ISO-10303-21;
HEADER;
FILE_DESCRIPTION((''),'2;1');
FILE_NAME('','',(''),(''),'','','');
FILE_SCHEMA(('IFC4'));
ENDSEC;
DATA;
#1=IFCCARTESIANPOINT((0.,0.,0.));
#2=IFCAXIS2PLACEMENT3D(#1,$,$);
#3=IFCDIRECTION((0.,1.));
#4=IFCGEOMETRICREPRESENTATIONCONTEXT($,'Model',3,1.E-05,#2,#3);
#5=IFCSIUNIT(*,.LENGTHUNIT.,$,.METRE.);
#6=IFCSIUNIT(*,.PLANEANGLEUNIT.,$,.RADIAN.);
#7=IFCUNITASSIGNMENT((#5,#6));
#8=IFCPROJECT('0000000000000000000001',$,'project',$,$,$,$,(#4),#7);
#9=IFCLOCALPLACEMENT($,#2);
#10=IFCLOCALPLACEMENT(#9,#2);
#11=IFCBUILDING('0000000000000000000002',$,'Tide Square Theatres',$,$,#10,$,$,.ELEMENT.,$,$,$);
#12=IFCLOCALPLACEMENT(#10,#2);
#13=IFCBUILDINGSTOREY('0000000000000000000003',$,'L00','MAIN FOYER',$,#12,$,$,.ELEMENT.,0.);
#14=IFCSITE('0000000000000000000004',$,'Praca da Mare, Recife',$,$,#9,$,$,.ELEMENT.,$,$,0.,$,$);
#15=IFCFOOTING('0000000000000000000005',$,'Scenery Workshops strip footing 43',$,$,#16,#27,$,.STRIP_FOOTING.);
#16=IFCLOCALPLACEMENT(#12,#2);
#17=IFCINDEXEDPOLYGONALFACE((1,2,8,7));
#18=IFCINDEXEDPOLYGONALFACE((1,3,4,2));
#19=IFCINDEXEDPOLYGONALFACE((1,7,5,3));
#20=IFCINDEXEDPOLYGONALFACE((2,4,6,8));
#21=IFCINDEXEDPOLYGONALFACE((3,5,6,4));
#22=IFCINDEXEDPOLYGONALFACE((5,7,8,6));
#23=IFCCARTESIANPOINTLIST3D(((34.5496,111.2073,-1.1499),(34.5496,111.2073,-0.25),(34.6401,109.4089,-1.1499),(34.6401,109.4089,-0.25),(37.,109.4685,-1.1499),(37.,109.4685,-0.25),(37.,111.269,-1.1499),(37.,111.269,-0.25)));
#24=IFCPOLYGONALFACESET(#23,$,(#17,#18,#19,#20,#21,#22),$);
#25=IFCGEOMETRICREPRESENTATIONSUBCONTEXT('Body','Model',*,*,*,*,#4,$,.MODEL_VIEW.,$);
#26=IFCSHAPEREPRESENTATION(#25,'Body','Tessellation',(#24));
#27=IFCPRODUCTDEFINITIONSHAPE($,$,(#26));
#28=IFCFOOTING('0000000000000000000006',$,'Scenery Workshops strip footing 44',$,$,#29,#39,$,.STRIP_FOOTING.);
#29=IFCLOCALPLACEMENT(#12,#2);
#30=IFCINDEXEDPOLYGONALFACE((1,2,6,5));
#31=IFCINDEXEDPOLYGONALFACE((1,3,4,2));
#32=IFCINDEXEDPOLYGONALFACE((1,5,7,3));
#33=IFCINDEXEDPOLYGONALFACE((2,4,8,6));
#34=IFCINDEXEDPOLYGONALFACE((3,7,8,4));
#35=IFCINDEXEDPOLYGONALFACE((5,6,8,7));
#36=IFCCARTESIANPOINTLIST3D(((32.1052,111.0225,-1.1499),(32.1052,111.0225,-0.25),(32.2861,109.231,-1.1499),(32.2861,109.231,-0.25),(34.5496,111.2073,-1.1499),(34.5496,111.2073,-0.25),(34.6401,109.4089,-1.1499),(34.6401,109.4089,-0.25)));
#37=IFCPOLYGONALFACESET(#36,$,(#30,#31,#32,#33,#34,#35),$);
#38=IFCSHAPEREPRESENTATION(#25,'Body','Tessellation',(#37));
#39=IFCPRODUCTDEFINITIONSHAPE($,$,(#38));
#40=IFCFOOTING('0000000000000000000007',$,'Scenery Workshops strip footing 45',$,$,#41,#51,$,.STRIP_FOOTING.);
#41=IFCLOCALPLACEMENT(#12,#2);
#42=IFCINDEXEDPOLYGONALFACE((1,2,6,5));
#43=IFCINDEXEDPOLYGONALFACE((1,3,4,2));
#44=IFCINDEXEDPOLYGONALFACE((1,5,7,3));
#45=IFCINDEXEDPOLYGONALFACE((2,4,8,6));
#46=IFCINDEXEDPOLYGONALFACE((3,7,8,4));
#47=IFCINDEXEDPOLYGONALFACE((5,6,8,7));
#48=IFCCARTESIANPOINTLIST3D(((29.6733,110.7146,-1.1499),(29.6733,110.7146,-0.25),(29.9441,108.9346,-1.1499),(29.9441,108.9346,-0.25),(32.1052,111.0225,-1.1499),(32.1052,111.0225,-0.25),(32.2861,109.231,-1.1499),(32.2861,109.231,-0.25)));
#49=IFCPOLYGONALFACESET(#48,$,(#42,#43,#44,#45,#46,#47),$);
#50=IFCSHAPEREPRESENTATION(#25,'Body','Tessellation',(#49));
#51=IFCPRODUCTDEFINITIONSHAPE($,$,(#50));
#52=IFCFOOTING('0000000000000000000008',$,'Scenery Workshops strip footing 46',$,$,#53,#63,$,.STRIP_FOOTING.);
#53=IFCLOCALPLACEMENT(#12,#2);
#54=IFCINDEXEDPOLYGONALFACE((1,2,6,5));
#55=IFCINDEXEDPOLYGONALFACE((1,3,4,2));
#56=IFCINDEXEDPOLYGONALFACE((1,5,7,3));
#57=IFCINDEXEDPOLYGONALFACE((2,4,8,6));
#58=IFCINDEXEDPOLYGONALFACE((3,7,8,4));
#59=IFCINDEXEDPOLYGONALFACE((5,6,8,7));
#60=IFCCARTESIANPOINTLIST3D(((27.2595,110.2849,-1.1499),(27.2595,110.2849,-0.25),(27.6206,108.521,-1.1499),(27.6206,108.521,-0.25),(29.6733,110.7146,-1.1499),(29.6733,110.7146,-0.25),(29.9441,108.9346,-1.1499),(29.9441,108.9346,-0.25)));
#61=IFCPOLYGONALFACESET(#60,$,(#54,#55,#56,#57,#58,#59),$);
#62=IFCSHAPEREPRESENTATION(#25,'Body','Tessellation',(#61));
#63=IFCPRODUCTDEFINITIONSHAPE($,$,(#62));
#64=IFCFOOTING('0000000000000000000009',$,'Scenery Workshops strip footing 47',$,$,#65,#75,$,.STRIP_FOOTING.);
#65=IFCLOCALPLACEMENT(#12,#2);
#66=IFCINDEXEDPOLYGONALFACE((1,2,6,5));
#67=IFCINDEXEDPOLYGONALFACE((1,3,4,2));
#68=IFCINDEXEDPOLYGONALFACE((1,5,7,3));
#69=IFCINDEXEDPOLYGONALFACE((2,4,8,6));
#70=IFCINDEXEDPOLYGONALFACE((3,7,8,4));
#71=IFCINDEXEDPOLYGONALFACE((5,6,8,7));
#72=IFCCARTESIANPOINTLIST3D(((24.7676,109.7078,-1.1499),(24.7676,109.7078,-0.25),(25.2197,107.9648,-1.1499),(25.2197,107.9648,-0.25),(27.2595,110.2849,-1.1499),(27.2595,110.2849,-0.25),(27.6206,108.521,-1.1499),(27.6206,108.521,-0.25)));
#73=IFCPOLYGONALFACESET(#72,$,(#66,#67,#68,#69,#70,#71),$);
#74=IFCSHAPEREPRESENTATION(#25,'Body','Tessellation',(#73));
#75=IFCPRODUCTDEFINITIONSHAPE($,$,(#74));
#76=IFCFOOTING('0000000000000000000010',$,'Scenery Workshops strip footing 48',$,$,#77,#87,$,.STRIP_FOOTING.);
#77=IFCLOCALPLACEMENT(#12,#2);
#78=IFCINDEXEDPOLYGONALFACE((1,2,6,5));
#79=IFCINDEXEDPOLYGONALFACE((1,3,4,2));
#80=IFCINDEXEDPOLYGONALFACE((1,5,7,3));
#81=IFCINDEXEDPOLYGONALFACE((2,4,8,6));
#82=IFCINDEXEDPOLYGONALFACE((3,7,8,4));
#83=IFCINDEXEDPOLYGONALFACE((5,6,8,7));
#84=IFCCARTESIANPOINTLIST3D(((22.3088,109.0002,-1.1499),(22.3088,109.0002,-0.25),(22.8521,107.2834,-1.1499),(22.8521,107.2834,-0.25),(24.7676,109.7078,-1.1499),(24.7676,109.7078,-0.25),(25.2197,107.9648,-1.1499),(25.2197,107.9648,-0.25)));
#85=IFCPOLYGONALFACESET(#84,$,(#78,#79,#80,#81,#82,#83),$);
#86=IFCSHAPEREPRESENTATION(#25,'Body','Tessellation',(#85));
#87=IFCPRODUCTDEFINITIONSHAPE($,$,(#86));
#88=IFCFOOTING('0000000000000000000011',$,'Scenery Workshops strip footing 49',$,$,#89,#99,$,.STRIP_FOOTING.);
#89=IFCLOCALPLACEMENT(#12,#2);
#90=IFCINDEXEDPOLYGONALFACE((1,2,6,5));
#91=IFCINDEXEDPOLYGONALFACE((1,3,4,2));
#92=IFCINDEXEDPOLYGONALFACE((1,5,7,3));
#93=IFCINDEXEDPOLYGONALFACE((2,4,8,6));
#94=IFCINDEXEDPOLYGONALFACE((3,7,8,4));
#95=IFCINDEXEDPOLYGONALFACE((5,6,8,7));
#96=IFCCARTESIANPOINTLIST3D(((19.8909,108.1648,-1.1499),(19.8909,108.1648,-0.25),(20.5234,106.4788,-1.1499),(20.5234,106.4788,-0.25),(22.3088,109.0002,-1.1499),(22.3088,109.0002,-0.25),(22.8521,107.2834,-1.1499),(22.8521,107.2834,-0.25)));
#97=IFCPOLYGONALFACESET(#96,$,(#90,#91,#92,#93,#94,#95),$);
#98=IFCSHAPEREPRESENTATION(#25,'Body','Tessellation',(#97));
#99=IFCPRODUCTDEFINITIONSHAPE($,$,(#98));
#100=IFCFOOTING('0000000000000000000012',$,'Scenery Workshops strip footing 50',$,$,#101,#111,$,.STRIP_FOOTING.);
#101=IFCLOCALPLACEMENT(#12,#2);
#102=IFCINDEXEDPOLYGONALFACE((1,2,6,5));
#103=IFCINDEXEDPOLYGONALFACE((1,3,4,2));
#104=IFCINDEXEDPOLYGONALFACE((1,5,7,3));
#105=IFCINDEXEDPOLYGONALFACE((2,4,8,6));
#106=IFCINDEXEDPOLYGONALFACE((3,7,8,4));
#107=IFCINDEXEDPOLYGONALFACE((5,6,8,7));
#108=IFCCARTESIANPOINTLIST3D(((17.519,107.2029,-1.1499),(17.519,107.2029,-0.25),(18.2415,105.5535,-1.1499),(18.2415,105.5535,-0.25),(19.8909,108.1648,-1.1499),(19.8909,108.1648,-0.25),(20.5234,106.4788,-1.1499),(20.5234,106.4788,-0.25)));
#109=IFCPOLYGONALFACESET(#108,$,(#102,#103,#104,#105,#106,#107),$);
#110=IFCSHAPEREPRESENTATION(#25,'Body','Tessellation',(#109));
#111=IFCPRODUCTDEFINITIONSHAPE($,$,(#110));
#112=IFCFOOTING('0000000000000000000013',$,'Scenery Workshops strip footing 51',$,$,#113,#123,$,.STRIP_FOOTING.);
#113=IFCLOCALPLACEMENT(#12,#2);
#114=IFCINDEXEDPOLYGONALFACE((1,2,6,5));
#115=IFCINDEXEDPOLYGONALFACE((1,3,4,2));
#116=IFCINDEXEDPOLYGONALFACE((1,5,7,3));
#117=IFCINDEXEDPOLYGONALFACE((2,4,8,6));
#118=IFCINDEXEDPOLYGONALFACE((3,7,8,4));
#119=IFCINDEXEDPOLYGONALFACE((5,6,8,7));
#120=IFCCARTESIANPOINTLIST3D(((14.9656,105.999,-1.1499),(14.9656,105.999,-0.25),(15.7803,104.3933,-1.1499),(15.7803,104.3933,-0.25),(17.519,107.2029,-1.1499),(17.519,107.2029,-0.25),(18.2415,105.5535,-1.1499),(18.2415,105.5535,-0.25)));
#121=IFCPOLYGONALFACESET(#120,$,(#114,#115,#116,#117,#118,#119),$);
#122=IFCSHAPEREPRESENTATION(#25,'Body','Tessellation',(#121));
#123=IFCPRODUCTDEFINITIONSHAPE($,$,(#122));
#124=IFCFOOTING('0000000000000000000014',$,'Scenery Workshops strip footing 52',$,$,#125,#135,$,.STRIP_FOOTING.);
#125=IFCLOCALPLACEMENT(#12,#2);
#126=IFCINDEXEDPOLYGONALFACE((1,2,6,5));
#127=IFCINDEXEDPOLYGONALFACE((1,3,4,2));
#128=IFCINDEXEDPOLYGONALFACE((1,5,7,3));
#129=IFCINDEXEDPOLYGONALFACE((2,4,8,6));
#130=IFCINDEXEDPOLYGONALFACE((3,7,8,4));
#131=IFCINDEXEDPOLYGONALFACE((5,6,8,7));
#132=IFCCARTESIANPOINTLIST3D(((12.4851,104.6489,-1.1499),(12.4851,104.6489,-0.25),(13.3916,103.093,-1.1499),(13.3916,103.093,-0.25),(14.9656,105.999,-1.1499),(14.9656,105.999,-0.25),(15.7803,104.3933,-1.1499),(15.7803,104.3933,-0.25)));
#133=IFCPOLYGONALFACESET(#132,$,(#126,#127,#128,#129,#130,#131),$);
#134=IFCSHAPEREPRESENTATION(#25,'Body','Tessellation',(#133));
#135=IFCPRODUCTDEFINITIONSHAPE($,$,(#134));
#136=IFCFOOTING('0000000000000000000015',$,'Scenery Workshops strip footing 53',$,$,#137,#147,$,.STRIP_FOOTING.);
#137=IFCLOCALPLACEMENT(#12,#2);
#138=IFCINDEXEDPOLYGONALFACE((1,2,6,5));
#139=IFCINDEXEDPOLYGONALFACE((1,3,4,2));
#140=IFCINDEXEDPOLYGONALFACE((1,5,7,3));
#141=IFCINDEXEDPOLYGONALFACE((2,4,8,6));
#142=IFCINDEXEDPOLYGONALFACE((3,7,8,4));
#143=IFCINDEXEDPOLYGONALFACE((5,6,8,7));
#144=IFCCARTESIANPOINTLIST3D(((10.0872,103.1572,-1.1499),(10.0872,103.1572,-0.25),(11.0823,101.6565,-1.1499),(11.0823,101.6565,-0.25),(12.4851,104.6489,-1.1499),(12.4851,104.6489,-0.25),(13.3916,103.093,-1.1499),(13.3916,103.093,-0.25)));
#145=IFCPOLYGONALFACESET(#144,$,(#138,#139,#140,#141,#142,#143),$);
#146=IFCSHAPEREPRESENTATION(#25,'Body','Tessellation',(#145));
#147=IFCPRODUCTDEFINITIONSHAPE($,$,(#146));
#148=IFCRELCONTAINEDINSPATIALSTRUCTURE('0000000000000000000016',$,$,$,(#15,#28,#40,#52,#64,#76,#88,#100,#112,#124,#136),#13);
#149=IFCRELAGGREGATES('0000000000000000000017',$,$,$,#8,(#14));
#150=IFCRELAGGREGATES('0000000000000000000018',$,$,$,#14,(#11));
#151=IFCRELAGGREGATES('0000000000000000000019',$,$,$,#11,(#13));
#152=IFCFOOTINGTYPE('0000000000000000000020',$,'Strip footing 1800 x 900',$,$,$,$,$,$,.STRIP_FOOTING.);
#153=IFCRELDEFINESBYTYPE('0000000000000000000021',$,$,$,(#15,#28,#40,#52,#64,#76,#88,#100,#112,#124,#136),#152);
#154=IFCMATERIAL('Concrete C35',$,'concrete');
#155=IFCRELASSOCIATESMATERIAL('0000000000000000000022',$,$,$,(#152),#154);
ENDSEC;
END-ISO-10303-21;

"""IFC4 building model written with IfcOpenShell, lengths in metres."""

from ifc_helpers import new_model, si_unit, direction, frame, origin, place, context, subcontext, project, spatial, polyline, outline, extrude, material, type_object, element, save


model = new_model("IFC4")

# Units and contexts
model_context = context("Model", 3, precision=1e-05, world=origin(), true_north=direction((0.0, 1.0)))
body_context = subcontext(model_context, "Body", "Model", "MODEL_VIEW")
ifc_project = project(units=[si_unit("LENGTHUNIT", "METRE"), si_unit("PLANEANGLEUNIT", "RADIAN")], contexts=[model_context])

# Site, building, storey
site_placement = place(None, origin())
site = spatial("IfcSite", under=ifc_project, at=site_placement, Name="Praca da Mare, Recife", CompositionType="ELEMENT", RefElevation=0.0)
building_placement = place(site_placement, origin())
building = spatial("IfcBuilding", under=site, at=building_placement, Name="Tide Square Theatres", CompositionType="ELEMENT")
storey_placement = place(building_placement, origin())
storey = spatial("IfcBuildingStorey", under=building, at=storey_placement, Name="L00", Description="MAIN FOYER", CompositionType="ELEMENT", Elevation=0.0)

# Footings
ifc_material = material(Name="Concrete C35", Category="concrete")
footing_type = type_object("IfcFootingType", Name="Strip footing 1800 x 900", PredefinedType="STRIP_FOOTING", material=ifc_material)
footing_1_placement = place(storey_placement, frame((0.0, 0.0, -1.1499)))
element("IfcFooting", 1, at=footing_1_placement, inside=storey, type_object=footing_type, Name="Scenery Workshops strip footing 43", PredefinedType="STRIP_FOOTING", context=body_context, shape_type="SweptSolid", body=[
    extrude(outline(polyline([(37.0, 111.269), (34.5496, 111.2073), (34.6401, 109.4089), (37.0, 109.4685), (37.0, 111.269)])), origin(), (0.0, 0.0, 1.0), 0.8999),
])
footing_2_placement = place(storey_placement, frame((0.0, 0.0, -1.1499)))
element("IfcFooting", 2, at=footing_2_placement, inside=storey, type_object=footing_type, Name="Scenery Workshops strip footing 44", PredefinedType="STRIP_FOOTING", context=body_context, shape_type="SweptSolid", body=[
    extrude(outline(polyline([(34.5496, 111.2073), (32.1052, 111.0225), (32.2861, 109.231), (34.6401, 109.4089), (34.5496, 111.2073)])), origin(), (0.0, 0.0, 1.0), 0.8999),
])
footing_3_placement = place(storey_placement, frame((0.0, 0.0, -1.1499)))
element("IfcFooting", 3, at=footing_3_placement, inside=storey, type_object=footing_type, Name="Scenery Workshops strip footing 45", PredefinedType="STRIP_FOOTING", context=body_context, shape_type="SweptSolid", body=[
    extrude(outline(polyline([(32.1052, 111.0225), (29.6733, 110.7146), (29.9441, 108.9346), (32.2861, 109.231), (32.1052, 111.0225)])), origin(), (0.0, 0.0, 1.0), 0.8999),
])
footing_4_placement = place(storey_placement, frame((0.0, 0.0, -1.1499)))
element("IfcFooting", 4, at=footing_4_placement, inside=storey, type_object=footing_type, Name="Scenery Workshops strip footing 46", PredefinedType="STRIP_FOOTING", context=body_context, shape_type="SweptSolid", body=[
    extrude(outline(polyline([(29.6733, 110.7146), (27.2595, 110.2849), (27.6206, 108.521), (29.9441, 108.9346), (29.6733, 110.7146)])), origin(), (0.0, 0.0, 1.0), 0.8999),
])
footing_5_placement = place(storey_placement, frame((0.0, 0.0, -1.1499)))
element("IfcFooting", 5, at=footing_5_placement, inside=storey, type_object=footing_type, Name="Scenery Workshops strip footing 47", PredefinedType="STRIP_FOOTING", context=body_context, shape_type="SweptSolid", body=[
    extrude(outline(polyline([(27.2595, 110.2849), (24.7676, 109.7078), (25.2197, 107.9648), (27.6206, 108.521), (27.2595, 110.2849)])), origin(), (0.0, 0.0, 1.0), 0.8999),
])
footing_6_placement = place(storey_placement, frame((0.0, 0.0, -1.1499)))
element("IfcFooting", 6, at=footing_6_placement, inside=storey, type_object=footing_type, Name="Scenery Workshops strip footing 48", PredefinedType="STRIP_FOOTING", context=body_context, shape_type="SweptSolid", body=[
    extrude(outline(polyline([(24.7676, 109.7078), (22.3088, 109.0002), (22.8521, 107.2834), (25.2197, 107.9648), (24.7676, 109.7078)])), origin(), (0.0, 0.0, 1.0), 0.8999),
])
footing_7_placement = place(storey_placement, frame((0.0, 0.0, -1.1499)))
element("IfcFooting", 7, at=footing_7_placement, inside=storey, type_object=footing_type, Name="Scenery Workshops strip footing 49", PredefinedType="STRIP_FOOTING", context=body_context, shape_type="SweptSolid", body=[
    extrude(outline(polyline([(22.3088, 109.0002), (19.8909, 108.1648), (20.5234, 106.4788), (22.8521, 107.2834), (22.3088, 109.0002)])), origin(), (0.0, 0.0, 1.0), 0.8999),
])
footing_8_placement = place(storey_placement, frame((0.0, 0.0, -1.1499)))
element("IfcFooting", 8, at=footing_8_placement, inside=storey, type_object=footing_type, Name="Scenery Workshops strip footing 50", PredefinedType="STRIP_FOOTING", context=body_context, shape_type="SweptSolid", body=[
    extrude(outline(polyline([(19.8909, 108.1648), (17.519, 107.2029), (18.2415, 105.5535), (20.5234, 106.4788), (19.8909, 108.1648)])), origin(), (0.0, 0.0, 1.0), 0.8999),
])
footing_9_placement = place(storey_placement, frame((0.0, 0.0, -1.1499)))
element("IfcFooting", 9, at=footing_9_placement, inside=storey, type_object=footing_type, Name="Scenery Workshops strip footing 51", PredefinedType="STRIP_FOOTING", context=body_context, shape_type="SweptSolid", body=[
    extrude(outline(polyline([(17.519, 107.2029), (14.9656, 105.999), (15.7803, 104.3933), (18.2415, 105.5535), (17.519, 107.2029)])), origin(), (0.0, 0.0, 1.0), 0.8999),
])
footing_10_placement = place(storey_placement, frame((0.0, 0.0, -1.1499)))
element("IfcFooting", 10, at=footing_10_placement, inside=storey, type_object=footing_type, Name="Scenery Workshops strip footing 52", PredefinedType="STRIP_FOOTING", context=body_context, shape_type="SweptSolid", body=[
    extrude(outline(polyline([(14.9656, 105.999), (12.4851, 104.6489), (13.3916, 103.093), (15.7803, 104.3933), (14.9656, 105.999)])), origin(), (0.0, 0.0, 1.0), 0.8999),
])
footing_11_placement = place(storey_placement, frame((0.0, 0.0, -1.1499)))
element("IfcFooting", 11, at=footing_11_placement, inside=storey, type_object=footing_type, Name="Scenery Workshops strip footing 53", PredefinedType="STRIP_FOOTING", context=body_context, shape_type="SweptSolid", body=[
    extrude(outline(polyline([(12.4851, 104.6489), (10.0872, 103.1572), (11.0823, 101.6565), (13.3916, 103.093), (12.4851, 104.6489)])), origin(), (0.0, 0.0, 1.0), 0.8999),
])

save(model, "model.ifc")
